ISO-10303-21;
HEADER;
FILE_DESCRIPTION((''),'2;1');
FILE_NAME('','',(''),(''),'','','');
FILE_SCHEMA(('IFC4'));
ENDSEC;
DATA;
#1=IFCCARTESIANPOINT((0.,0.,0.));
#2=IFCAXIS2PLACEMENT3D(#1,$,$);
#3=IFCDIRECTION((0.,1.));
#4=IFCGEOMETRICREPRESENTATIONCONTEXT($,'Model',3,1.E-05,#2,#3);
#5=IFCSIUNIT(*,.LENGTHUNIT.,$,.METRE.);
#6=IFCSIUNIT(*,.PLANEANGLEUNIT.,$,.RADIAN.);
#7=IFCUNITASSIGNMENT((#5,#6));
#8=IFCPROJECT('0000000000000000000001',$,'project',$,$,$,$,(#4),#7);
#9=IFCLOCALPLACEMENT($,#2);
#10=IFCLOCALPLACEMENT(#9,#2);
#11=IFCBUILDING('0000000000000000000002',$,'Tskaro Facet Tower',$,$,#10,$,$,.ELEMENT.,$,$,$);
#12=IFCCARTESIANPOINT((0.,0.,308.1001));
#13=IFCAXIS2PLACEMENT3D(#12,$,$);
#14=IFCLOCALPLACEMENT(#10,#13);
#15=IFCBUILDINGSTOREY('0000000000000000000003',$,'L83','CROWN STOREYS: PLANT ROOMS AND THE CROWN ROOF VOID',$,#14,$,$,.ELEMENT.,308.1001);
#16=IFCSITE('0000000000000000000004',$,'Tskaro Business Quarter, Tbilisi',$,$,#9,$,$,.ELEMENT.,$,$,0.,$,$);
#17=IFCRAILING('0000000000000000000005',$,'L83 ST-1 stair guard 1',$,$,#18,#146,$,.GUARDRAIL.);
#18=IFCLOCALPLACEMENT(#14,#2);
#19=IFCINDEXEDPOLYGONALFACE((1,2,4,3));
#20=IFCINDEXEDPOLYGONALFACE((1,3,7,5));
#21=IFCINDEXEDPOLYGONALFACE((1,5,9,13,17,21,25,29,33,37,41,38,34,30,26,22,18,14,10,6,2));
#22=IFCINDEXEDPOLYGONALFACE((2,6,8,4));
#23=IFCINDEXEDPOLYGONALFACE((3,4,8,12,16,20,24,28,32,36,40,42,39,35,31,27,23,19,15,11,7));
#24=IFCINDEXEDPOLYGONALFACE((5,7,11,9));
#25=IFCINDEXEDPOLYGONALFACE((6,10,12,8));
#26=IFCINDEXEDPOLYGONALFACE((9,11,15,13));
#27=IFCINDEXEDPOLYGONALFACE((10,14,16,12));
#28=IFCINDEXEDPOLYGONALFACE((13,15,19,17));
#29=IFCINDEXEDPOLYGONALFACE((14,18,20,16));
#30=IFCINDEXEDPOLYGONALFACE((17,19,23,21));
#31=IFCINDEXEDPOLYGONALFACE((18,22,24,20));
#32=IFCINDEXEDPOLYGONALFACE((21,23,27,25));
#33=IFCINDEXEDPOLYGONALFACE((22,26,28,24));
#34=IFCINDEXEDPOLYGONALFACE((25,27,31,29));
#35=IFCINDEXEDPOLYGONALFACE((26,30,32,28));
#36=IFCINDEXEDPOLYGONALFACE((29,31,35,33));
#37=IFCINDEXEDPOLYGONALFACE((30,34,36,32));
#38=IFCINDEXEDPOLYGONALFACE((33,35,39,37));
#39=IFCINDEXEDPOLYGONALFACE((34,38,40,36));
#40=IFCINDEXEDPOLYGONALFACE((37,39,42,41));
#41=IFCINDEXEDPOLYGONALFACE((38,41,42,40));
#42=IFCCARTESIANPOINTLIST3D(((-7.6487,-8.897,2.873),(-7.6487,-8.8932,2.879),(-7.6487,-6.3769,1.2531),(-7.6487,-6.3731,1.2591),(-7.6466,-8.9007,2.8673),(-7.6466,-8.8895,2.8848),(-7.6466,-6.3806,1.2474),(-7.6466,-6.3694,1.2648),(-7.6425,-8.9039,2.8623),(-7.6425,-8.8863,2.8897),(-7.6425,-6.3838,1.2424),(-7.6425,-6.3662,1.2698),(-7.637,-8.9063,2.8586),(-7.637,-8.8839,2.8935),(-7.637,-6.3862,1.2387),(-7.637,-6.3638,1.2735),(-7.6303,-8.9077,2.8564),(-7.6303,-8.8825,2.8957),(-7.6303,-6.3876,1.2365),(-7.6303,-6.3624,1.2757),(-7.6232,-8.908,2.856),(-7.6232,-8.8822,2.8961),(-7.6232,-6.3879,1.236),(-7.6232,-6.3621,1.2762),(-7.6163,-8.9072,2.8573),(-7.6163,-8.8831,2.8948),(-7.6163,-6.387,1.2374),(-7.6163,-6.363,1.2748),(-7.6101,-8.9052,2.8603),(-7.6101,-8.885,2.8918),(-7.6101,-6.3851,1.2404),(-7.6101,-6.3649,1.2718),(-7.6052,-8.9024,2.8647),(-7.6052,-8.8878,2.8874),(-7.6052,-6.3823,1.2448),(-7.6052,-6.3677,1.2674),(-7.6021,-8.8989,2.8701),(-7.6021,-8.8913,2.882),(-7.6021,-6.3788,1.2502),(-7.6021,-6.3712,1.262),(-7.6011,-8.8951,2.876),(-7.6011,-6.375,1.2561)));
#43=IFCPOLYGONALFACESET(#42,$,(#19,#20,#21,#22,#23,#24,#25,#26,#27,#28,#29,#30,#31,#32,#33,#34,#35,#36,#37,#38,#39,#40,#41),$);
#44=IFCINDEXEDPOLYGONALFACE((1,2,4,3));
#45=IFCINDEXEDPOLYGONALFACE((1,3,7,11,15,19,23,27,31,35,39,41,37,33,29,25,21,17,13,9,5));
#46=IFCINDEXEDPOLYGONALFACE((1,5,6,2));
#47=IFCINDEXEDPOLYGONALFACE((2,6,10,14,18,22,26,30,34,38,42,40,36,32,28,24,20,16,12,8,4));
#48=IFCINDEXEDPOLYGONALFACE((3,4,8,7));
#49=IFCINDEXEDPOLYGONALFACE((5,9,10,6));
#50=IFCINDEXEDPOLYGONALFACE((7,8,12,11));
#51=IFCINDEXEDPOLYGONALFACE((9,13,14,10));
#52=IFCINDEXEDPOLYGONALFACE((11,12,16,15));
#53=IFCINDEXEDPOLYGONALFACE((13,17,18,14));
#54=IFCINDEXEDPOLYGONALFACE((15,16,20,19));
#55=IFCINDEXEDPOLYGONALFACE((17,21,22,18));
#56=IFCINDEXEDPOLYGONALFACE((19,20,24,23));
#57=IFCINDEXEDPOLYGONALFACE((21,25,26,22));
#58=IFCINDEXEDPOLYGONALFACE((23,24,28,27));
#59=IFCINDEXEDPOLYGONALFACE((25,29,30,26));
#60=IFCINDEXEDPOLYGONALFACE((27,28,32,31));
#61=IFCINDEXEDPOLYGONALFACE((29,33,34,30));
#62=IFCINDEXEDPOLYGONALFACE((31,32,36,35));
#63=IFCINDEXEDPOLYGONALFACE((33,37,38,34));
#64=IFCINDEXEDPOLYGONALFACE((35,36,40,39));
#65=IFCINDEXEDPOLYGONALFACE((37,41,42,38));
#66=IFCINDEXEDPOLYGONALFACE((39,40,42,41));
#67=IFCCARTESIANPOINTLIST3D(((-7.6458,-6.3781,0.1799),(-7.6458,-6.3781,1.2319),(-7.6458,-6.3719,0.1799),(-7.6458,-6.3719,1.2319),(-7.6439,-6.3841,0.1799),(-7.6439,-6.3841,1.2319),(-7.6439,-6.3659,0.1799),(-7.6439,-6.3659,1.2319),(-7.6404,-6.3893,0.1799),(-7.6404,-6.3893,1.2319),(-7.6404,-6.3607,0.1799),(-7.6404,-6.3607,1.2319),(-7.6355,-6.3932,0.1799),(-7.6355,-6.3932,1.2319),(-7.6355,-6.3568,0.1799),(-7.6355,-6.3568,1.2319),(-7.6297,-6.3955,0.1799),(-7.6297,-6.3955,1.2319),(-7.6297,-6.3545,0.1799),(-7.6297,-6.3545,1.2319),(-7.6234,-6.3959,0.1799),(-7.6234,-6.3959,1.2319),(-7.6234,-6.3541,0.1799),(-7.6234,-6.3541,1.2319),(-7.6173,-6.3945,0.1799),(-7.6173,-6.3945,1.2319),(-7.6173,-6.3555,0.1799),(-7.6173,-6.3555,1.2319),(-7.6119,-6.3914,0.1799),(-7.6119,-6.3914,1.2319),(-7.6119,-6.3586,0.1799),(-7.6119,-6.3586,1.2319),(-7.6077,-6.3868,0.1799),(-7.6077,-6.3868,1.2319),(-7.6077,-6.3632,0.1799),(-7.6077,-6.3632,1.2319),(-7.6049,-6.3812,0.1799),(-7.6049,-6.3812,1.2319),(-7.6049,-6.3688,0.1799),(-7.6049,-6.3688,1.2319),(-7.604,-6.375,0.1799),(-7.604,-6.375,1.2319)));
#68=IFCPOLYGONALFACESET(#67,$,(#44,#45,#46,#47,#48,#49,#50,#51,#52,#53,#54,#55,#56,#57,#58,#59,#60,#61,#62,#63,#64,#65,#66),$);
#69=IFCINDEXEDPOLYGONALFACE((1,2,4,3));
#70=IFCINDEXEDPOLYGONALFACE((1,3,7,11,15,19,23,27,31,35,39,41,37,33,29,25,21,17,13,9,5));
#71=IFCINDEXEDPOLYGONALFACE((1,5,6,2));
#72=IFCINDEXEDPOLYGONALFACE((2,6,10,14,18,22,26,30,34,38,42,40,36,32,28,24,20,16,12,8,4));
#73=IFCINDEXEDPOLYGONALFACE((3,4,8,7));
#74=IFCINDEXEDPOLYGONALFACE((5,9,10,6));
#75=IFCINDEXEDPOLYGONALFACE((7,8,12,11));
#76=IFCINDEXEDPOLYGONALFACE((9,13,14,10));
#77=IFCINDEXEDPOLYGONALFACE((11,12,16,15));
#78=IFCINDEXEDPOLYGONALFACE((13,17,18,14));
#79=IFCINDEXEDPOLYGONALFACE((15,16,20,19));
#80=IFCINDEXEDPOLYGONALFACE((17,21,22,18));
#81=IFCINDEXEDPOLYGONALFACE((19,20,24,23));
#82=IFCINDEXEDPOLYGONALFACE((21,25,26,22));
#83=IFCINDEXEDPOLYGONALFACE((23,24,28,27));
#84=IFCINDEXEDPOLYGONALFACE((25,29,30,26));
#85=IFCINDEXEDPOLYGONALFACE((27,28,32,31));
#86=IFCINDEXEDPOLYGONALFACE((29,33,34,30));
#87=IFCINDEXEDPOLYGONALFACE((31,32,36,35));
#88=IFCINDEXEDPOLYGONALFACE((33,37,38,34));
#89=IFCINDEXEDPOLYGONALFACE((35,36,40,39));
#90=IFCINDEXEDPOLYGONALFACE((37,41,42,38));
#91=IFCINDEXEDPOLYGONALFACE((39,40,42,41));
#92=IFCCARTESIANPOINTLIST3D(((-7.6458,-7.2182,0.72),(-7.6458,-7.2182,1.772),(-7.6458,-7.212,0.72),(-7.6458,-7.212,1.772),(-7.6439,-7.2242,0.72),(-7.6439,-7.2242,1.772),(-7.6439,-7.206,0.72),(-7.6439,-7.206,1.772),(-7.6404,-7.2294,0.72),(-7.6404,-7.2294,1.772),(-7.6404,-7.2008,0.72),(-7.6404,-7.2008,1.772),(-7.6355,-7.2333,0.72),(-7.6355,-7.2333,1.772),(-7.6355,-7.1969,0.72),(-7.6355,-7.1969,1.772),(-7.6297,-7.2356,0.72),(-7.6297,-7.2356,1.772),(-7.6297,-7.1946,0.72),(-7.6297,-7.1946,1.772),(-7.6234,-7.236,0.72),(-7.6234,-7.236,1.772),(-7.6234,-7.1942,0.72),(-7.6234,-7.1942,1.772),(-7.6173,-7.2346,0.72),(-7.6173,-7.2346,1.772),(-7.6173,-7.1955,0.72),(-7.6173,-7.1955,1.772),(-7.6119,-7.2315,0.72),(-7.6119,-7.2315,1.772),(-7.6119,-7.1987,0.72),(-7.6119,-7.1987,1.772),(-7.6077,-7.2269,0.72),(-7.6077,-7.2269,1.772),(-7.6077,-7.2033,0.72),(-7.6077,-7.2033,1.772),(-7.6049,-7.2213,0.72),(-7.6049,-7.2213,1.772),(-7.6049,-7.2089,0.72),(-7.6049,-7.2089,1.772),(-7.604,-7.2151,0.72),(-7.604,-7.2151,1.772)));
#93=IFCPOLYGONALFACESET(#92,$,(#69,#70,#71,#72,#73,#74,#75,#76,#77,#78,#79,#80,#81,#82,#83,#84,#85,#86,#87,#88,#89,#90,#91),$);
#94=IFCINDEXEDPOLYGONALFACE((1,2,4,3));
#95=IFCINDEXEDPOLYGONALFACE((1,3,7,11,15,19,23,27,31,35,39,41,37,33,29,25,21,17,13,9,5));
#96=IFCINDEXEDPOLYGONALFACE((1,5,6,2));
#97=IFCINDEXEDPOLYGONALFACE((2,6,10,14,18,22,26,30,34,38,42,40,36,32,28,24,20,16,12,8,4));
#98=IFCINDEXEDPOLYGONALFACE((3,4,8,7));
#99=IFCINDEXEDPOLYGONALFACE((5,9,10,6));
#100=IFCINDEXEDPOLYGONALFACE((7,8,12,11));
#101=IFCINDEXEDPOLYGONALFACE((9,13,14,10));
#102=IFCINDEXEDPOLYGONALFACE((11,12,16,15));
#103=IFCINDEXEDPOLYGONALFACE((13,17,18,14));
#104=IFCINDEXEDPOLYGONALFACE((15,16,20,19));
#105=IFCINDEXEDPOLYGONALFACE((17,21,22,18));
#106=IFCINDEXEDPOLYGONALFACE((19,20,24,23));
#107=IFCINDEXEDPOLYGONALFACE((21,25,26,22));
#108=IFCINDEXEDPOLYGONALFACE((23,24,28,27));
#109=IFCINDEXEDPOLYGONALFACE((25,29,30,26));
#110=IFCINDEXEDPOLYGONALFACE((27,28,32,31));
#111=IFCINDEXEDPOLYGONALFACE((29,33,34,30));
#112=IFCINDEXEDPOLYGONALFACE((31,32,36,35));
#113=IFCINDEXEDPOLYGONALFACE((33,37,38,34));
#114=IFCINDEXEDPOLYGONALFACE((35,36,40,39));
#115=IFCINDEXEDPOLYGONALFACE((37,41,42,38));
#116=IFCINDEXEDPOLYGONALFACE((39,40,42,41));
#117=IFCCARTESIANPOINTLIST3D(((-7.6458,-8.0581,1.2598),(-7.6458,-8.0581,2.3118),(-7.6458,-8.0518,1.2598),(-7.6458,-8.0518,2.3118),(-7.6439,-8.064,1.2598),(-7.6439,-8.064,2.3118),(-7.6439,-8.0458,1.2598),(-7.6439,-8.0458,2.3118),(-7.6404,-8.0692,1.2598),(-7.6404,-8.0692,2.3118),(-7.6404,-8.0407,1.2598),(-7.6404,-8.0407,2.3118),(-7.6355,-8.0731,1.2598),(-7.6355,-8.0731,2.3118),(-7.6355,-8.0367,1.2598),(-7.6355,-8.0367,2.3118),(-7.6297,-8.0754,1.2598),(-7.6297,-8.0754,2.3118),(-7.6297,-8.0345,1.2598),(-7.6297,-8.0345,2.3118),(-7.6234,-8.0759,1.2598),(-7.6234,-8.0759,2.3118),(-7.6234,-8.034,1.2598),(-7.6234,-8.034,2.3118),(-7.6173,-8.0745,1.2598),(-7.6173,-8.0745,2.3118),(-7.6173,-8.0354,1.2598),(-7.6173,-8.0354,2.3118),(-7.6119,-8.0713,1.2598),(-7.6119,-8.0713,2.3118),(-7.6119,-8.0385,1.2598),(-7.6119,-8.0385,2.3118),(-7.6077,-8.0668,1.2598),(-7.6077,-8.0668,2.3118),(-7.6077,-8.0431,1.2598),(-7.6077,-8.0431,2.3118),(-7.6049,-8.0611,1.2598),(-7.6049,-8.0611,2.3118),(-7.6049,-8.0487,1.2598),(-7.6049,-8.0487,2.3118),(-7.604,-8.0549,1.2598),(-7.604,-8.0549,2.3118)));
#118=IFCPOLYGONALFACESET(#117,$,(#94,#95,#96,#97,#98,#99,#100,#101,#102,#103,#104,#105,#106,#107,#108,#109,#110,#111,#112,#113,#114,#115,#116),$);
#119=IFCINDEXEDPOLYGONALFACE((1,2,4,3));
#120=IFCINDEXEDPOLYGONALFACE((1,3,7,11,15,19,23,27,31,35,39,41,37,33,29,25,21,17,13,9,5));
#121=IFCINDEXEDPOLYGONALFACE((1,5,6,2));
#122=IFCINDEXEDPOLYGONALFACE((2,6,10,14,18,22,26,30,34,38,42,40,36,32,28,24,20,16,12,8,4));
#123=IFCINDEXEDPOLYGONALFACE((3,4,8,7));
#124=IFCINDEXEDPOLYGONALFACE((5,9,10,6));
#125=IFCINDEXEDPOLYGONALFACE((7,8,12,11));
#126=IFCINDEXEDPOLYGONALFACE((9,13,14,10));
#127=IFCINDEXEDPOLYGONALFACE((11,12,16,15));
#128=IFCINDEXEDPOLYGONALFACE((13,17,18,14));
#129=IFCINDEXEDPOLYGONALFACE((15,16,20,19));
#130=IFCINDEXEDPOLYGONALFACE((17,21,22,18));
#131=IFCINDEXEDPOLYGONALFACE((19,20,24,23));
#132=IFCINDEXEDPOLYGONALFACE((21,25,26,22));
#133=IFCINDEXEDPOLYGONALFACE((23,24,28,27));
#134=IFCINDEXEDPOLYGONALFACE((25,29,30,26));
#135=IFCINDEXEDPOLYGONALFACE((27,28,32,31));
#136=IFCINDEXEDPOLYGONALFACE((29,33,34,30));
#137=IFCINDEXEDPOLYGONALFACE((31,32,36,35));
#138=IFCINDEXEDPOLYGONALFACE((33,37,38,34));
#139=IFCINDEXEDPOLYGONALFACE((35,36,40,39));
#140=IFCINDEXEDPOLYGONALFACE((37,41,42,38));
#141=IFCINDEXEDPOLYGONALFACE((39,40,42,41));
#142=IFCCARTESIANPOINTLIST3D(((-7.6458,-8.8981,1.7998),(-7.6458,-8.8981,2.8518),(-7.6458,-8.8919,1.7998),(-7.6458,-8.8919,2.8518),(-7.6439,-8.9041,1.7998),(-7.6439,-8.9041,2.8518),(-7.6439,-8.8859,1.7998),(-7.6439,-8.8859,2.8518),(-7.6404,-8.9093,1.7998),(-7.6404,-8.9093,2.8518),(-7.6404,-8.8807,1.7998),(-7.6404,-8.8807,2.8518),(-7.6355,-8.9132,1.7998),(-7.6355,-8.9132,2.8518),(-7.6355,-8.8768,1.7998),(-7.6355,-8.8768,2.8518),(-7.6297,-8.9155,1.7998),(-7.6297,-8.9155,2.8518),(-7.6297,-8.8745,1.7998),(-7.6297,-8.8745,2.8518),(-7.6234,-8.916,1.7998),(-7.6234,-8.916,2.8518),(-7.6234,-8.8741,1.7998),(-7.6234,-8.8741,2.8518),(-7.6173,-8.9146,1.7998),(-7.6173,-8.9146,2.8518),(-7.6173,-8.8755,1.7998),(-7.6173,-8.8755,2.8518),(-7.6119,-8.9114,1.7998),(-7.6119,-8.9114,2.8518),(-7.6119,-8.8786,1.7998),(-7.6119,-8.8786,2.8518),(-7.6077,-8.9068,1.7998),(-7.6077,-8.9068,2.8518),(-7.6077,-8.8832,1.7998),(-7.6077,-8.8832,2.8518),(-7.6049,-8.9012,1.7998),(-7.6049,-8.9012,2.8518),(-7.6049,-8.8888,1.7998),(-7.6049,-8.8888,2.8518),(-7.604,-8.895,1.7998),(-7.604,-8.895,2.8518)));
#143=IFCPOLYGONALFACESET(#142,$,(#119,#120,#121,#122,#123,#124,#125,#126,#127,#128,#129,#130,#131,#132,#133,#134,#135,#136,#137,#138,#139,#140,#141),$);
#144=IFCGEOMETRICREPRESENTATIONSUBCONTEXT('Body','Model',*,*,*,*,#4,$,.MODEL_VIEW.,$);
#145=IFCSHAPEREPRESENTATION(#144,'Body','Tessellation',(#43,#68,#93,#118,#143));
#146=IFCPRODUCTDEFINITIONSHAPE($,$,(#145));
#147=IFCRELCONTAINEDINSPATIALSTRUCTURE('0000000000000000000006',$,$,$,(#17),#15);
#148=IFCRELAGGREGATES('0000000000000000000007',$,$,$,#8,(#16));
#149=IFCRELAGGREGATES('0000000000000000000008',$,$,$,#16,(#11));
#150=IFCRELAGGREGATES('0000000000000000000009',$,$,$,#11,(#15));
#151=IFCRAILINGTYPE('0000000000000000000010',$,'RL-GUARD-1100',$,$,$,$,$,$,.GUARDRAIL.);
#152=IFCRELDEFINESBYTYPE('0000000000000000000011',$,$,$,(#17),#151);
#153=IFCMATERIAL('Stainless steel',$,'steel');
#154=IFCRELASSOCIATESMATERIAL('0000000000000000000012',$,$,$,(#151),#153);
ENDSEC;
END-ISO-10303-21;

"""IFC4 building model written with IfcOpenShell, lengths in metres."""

from ifc_helpers import new_model, si_unit, direction, frame, origin, origin_2d, place, context, subcontext, project, spatial, circle, extrude, material, type_object, element, save


model = new_model("IFC4")

# Units and contexts
model_context = context("Model", 3, precision=1e-05, world=origin(), true_north=direction((0.0, 1.0)))
body_context = subcontext(model_context, "Body", "Model", "MODEL_VIEW")
ifc_project = project(units=[si_unit("LENGTHUNIT", "METRE"), si_unit("PLANEANGLEUNIT", "RADIAN")], contexts=[model_context])

# Site, building, storey
site_placement = place(None, origin())
site = spatial("IfcSite", under=ifc_project, at=site_placement, Name="Tskaro Business Quarter, Tbilisi", CompositionType="ELEMENT", RefElevation=0.0)
building_placement = place(site_placement, origin())
building = spatial("IfcBuilding", under=site, at=building_placement, Name="Tskaro Facet Tower", CompositionType="ELEMENT")
storey_placement = place(building_placement, frame((0.0, 0.0, 308.1001)))
storey = spatial("IfcBuildingStorey", under=building, at=storey_placement, Name="L83", Description="CROWN STOREYS: PLANT ROOMS AND THE CROWN ROOF VOID", CompositionType="ELEMENT", Elevation=308.1001)

# Railing
ifc_material_1 = material(Name="Stainless steel", Category="steel")
railing_type_1 = type_object("IfcRailingType", Name="RL-GUARD-1100", PredefinedType="GUARDRAIL", material=ifc_material_1)
railing_1_placement = place(storey_placement, frame((-7.625, -6.375, 0.1799)))
element("IfcRailing", 1, at=railing_1_placement, inside=storey, type_object=railing_type_1, Name="L83 ST-1 stair guard 1", PredefinedType="GUARDRAIL", context=body_context, shape_type="SweptSolid", body=[
    extrude(circle(Radius=0.0239, at=origin_2d()), frame((0.0, 0.0, 1.0762), z_axis=(0.0, -0.8412, 0.540725), x_axis=(1.0, 0.0, 0.0)), (0.0, 0.0, 1.0), 2.9958),
    extrude(circle(Radius=0.021, at=origin_2d()), origin(), (0.0, 0.0, 1.0), 1.052),
    extrude(circle(Radius=0.021, at=origin_2d()), frame((0.0, -0.8401, 0.54)), (0.0, 0.0, 1.0), 1.052),
    extrude(circle(Radius=0.021, at=origin_2d()), frame((0.0, -1.6799, 1.0798)), (0.0, 0.0, 1.0), 1.052),
    extrude(circle(Radius=0.021, at=origin_2d()), frame((0.0, -2.52, 1.6199)), (0.0, 0.0, 1.0), 1.052),
])

save(model, "model.ifc")
